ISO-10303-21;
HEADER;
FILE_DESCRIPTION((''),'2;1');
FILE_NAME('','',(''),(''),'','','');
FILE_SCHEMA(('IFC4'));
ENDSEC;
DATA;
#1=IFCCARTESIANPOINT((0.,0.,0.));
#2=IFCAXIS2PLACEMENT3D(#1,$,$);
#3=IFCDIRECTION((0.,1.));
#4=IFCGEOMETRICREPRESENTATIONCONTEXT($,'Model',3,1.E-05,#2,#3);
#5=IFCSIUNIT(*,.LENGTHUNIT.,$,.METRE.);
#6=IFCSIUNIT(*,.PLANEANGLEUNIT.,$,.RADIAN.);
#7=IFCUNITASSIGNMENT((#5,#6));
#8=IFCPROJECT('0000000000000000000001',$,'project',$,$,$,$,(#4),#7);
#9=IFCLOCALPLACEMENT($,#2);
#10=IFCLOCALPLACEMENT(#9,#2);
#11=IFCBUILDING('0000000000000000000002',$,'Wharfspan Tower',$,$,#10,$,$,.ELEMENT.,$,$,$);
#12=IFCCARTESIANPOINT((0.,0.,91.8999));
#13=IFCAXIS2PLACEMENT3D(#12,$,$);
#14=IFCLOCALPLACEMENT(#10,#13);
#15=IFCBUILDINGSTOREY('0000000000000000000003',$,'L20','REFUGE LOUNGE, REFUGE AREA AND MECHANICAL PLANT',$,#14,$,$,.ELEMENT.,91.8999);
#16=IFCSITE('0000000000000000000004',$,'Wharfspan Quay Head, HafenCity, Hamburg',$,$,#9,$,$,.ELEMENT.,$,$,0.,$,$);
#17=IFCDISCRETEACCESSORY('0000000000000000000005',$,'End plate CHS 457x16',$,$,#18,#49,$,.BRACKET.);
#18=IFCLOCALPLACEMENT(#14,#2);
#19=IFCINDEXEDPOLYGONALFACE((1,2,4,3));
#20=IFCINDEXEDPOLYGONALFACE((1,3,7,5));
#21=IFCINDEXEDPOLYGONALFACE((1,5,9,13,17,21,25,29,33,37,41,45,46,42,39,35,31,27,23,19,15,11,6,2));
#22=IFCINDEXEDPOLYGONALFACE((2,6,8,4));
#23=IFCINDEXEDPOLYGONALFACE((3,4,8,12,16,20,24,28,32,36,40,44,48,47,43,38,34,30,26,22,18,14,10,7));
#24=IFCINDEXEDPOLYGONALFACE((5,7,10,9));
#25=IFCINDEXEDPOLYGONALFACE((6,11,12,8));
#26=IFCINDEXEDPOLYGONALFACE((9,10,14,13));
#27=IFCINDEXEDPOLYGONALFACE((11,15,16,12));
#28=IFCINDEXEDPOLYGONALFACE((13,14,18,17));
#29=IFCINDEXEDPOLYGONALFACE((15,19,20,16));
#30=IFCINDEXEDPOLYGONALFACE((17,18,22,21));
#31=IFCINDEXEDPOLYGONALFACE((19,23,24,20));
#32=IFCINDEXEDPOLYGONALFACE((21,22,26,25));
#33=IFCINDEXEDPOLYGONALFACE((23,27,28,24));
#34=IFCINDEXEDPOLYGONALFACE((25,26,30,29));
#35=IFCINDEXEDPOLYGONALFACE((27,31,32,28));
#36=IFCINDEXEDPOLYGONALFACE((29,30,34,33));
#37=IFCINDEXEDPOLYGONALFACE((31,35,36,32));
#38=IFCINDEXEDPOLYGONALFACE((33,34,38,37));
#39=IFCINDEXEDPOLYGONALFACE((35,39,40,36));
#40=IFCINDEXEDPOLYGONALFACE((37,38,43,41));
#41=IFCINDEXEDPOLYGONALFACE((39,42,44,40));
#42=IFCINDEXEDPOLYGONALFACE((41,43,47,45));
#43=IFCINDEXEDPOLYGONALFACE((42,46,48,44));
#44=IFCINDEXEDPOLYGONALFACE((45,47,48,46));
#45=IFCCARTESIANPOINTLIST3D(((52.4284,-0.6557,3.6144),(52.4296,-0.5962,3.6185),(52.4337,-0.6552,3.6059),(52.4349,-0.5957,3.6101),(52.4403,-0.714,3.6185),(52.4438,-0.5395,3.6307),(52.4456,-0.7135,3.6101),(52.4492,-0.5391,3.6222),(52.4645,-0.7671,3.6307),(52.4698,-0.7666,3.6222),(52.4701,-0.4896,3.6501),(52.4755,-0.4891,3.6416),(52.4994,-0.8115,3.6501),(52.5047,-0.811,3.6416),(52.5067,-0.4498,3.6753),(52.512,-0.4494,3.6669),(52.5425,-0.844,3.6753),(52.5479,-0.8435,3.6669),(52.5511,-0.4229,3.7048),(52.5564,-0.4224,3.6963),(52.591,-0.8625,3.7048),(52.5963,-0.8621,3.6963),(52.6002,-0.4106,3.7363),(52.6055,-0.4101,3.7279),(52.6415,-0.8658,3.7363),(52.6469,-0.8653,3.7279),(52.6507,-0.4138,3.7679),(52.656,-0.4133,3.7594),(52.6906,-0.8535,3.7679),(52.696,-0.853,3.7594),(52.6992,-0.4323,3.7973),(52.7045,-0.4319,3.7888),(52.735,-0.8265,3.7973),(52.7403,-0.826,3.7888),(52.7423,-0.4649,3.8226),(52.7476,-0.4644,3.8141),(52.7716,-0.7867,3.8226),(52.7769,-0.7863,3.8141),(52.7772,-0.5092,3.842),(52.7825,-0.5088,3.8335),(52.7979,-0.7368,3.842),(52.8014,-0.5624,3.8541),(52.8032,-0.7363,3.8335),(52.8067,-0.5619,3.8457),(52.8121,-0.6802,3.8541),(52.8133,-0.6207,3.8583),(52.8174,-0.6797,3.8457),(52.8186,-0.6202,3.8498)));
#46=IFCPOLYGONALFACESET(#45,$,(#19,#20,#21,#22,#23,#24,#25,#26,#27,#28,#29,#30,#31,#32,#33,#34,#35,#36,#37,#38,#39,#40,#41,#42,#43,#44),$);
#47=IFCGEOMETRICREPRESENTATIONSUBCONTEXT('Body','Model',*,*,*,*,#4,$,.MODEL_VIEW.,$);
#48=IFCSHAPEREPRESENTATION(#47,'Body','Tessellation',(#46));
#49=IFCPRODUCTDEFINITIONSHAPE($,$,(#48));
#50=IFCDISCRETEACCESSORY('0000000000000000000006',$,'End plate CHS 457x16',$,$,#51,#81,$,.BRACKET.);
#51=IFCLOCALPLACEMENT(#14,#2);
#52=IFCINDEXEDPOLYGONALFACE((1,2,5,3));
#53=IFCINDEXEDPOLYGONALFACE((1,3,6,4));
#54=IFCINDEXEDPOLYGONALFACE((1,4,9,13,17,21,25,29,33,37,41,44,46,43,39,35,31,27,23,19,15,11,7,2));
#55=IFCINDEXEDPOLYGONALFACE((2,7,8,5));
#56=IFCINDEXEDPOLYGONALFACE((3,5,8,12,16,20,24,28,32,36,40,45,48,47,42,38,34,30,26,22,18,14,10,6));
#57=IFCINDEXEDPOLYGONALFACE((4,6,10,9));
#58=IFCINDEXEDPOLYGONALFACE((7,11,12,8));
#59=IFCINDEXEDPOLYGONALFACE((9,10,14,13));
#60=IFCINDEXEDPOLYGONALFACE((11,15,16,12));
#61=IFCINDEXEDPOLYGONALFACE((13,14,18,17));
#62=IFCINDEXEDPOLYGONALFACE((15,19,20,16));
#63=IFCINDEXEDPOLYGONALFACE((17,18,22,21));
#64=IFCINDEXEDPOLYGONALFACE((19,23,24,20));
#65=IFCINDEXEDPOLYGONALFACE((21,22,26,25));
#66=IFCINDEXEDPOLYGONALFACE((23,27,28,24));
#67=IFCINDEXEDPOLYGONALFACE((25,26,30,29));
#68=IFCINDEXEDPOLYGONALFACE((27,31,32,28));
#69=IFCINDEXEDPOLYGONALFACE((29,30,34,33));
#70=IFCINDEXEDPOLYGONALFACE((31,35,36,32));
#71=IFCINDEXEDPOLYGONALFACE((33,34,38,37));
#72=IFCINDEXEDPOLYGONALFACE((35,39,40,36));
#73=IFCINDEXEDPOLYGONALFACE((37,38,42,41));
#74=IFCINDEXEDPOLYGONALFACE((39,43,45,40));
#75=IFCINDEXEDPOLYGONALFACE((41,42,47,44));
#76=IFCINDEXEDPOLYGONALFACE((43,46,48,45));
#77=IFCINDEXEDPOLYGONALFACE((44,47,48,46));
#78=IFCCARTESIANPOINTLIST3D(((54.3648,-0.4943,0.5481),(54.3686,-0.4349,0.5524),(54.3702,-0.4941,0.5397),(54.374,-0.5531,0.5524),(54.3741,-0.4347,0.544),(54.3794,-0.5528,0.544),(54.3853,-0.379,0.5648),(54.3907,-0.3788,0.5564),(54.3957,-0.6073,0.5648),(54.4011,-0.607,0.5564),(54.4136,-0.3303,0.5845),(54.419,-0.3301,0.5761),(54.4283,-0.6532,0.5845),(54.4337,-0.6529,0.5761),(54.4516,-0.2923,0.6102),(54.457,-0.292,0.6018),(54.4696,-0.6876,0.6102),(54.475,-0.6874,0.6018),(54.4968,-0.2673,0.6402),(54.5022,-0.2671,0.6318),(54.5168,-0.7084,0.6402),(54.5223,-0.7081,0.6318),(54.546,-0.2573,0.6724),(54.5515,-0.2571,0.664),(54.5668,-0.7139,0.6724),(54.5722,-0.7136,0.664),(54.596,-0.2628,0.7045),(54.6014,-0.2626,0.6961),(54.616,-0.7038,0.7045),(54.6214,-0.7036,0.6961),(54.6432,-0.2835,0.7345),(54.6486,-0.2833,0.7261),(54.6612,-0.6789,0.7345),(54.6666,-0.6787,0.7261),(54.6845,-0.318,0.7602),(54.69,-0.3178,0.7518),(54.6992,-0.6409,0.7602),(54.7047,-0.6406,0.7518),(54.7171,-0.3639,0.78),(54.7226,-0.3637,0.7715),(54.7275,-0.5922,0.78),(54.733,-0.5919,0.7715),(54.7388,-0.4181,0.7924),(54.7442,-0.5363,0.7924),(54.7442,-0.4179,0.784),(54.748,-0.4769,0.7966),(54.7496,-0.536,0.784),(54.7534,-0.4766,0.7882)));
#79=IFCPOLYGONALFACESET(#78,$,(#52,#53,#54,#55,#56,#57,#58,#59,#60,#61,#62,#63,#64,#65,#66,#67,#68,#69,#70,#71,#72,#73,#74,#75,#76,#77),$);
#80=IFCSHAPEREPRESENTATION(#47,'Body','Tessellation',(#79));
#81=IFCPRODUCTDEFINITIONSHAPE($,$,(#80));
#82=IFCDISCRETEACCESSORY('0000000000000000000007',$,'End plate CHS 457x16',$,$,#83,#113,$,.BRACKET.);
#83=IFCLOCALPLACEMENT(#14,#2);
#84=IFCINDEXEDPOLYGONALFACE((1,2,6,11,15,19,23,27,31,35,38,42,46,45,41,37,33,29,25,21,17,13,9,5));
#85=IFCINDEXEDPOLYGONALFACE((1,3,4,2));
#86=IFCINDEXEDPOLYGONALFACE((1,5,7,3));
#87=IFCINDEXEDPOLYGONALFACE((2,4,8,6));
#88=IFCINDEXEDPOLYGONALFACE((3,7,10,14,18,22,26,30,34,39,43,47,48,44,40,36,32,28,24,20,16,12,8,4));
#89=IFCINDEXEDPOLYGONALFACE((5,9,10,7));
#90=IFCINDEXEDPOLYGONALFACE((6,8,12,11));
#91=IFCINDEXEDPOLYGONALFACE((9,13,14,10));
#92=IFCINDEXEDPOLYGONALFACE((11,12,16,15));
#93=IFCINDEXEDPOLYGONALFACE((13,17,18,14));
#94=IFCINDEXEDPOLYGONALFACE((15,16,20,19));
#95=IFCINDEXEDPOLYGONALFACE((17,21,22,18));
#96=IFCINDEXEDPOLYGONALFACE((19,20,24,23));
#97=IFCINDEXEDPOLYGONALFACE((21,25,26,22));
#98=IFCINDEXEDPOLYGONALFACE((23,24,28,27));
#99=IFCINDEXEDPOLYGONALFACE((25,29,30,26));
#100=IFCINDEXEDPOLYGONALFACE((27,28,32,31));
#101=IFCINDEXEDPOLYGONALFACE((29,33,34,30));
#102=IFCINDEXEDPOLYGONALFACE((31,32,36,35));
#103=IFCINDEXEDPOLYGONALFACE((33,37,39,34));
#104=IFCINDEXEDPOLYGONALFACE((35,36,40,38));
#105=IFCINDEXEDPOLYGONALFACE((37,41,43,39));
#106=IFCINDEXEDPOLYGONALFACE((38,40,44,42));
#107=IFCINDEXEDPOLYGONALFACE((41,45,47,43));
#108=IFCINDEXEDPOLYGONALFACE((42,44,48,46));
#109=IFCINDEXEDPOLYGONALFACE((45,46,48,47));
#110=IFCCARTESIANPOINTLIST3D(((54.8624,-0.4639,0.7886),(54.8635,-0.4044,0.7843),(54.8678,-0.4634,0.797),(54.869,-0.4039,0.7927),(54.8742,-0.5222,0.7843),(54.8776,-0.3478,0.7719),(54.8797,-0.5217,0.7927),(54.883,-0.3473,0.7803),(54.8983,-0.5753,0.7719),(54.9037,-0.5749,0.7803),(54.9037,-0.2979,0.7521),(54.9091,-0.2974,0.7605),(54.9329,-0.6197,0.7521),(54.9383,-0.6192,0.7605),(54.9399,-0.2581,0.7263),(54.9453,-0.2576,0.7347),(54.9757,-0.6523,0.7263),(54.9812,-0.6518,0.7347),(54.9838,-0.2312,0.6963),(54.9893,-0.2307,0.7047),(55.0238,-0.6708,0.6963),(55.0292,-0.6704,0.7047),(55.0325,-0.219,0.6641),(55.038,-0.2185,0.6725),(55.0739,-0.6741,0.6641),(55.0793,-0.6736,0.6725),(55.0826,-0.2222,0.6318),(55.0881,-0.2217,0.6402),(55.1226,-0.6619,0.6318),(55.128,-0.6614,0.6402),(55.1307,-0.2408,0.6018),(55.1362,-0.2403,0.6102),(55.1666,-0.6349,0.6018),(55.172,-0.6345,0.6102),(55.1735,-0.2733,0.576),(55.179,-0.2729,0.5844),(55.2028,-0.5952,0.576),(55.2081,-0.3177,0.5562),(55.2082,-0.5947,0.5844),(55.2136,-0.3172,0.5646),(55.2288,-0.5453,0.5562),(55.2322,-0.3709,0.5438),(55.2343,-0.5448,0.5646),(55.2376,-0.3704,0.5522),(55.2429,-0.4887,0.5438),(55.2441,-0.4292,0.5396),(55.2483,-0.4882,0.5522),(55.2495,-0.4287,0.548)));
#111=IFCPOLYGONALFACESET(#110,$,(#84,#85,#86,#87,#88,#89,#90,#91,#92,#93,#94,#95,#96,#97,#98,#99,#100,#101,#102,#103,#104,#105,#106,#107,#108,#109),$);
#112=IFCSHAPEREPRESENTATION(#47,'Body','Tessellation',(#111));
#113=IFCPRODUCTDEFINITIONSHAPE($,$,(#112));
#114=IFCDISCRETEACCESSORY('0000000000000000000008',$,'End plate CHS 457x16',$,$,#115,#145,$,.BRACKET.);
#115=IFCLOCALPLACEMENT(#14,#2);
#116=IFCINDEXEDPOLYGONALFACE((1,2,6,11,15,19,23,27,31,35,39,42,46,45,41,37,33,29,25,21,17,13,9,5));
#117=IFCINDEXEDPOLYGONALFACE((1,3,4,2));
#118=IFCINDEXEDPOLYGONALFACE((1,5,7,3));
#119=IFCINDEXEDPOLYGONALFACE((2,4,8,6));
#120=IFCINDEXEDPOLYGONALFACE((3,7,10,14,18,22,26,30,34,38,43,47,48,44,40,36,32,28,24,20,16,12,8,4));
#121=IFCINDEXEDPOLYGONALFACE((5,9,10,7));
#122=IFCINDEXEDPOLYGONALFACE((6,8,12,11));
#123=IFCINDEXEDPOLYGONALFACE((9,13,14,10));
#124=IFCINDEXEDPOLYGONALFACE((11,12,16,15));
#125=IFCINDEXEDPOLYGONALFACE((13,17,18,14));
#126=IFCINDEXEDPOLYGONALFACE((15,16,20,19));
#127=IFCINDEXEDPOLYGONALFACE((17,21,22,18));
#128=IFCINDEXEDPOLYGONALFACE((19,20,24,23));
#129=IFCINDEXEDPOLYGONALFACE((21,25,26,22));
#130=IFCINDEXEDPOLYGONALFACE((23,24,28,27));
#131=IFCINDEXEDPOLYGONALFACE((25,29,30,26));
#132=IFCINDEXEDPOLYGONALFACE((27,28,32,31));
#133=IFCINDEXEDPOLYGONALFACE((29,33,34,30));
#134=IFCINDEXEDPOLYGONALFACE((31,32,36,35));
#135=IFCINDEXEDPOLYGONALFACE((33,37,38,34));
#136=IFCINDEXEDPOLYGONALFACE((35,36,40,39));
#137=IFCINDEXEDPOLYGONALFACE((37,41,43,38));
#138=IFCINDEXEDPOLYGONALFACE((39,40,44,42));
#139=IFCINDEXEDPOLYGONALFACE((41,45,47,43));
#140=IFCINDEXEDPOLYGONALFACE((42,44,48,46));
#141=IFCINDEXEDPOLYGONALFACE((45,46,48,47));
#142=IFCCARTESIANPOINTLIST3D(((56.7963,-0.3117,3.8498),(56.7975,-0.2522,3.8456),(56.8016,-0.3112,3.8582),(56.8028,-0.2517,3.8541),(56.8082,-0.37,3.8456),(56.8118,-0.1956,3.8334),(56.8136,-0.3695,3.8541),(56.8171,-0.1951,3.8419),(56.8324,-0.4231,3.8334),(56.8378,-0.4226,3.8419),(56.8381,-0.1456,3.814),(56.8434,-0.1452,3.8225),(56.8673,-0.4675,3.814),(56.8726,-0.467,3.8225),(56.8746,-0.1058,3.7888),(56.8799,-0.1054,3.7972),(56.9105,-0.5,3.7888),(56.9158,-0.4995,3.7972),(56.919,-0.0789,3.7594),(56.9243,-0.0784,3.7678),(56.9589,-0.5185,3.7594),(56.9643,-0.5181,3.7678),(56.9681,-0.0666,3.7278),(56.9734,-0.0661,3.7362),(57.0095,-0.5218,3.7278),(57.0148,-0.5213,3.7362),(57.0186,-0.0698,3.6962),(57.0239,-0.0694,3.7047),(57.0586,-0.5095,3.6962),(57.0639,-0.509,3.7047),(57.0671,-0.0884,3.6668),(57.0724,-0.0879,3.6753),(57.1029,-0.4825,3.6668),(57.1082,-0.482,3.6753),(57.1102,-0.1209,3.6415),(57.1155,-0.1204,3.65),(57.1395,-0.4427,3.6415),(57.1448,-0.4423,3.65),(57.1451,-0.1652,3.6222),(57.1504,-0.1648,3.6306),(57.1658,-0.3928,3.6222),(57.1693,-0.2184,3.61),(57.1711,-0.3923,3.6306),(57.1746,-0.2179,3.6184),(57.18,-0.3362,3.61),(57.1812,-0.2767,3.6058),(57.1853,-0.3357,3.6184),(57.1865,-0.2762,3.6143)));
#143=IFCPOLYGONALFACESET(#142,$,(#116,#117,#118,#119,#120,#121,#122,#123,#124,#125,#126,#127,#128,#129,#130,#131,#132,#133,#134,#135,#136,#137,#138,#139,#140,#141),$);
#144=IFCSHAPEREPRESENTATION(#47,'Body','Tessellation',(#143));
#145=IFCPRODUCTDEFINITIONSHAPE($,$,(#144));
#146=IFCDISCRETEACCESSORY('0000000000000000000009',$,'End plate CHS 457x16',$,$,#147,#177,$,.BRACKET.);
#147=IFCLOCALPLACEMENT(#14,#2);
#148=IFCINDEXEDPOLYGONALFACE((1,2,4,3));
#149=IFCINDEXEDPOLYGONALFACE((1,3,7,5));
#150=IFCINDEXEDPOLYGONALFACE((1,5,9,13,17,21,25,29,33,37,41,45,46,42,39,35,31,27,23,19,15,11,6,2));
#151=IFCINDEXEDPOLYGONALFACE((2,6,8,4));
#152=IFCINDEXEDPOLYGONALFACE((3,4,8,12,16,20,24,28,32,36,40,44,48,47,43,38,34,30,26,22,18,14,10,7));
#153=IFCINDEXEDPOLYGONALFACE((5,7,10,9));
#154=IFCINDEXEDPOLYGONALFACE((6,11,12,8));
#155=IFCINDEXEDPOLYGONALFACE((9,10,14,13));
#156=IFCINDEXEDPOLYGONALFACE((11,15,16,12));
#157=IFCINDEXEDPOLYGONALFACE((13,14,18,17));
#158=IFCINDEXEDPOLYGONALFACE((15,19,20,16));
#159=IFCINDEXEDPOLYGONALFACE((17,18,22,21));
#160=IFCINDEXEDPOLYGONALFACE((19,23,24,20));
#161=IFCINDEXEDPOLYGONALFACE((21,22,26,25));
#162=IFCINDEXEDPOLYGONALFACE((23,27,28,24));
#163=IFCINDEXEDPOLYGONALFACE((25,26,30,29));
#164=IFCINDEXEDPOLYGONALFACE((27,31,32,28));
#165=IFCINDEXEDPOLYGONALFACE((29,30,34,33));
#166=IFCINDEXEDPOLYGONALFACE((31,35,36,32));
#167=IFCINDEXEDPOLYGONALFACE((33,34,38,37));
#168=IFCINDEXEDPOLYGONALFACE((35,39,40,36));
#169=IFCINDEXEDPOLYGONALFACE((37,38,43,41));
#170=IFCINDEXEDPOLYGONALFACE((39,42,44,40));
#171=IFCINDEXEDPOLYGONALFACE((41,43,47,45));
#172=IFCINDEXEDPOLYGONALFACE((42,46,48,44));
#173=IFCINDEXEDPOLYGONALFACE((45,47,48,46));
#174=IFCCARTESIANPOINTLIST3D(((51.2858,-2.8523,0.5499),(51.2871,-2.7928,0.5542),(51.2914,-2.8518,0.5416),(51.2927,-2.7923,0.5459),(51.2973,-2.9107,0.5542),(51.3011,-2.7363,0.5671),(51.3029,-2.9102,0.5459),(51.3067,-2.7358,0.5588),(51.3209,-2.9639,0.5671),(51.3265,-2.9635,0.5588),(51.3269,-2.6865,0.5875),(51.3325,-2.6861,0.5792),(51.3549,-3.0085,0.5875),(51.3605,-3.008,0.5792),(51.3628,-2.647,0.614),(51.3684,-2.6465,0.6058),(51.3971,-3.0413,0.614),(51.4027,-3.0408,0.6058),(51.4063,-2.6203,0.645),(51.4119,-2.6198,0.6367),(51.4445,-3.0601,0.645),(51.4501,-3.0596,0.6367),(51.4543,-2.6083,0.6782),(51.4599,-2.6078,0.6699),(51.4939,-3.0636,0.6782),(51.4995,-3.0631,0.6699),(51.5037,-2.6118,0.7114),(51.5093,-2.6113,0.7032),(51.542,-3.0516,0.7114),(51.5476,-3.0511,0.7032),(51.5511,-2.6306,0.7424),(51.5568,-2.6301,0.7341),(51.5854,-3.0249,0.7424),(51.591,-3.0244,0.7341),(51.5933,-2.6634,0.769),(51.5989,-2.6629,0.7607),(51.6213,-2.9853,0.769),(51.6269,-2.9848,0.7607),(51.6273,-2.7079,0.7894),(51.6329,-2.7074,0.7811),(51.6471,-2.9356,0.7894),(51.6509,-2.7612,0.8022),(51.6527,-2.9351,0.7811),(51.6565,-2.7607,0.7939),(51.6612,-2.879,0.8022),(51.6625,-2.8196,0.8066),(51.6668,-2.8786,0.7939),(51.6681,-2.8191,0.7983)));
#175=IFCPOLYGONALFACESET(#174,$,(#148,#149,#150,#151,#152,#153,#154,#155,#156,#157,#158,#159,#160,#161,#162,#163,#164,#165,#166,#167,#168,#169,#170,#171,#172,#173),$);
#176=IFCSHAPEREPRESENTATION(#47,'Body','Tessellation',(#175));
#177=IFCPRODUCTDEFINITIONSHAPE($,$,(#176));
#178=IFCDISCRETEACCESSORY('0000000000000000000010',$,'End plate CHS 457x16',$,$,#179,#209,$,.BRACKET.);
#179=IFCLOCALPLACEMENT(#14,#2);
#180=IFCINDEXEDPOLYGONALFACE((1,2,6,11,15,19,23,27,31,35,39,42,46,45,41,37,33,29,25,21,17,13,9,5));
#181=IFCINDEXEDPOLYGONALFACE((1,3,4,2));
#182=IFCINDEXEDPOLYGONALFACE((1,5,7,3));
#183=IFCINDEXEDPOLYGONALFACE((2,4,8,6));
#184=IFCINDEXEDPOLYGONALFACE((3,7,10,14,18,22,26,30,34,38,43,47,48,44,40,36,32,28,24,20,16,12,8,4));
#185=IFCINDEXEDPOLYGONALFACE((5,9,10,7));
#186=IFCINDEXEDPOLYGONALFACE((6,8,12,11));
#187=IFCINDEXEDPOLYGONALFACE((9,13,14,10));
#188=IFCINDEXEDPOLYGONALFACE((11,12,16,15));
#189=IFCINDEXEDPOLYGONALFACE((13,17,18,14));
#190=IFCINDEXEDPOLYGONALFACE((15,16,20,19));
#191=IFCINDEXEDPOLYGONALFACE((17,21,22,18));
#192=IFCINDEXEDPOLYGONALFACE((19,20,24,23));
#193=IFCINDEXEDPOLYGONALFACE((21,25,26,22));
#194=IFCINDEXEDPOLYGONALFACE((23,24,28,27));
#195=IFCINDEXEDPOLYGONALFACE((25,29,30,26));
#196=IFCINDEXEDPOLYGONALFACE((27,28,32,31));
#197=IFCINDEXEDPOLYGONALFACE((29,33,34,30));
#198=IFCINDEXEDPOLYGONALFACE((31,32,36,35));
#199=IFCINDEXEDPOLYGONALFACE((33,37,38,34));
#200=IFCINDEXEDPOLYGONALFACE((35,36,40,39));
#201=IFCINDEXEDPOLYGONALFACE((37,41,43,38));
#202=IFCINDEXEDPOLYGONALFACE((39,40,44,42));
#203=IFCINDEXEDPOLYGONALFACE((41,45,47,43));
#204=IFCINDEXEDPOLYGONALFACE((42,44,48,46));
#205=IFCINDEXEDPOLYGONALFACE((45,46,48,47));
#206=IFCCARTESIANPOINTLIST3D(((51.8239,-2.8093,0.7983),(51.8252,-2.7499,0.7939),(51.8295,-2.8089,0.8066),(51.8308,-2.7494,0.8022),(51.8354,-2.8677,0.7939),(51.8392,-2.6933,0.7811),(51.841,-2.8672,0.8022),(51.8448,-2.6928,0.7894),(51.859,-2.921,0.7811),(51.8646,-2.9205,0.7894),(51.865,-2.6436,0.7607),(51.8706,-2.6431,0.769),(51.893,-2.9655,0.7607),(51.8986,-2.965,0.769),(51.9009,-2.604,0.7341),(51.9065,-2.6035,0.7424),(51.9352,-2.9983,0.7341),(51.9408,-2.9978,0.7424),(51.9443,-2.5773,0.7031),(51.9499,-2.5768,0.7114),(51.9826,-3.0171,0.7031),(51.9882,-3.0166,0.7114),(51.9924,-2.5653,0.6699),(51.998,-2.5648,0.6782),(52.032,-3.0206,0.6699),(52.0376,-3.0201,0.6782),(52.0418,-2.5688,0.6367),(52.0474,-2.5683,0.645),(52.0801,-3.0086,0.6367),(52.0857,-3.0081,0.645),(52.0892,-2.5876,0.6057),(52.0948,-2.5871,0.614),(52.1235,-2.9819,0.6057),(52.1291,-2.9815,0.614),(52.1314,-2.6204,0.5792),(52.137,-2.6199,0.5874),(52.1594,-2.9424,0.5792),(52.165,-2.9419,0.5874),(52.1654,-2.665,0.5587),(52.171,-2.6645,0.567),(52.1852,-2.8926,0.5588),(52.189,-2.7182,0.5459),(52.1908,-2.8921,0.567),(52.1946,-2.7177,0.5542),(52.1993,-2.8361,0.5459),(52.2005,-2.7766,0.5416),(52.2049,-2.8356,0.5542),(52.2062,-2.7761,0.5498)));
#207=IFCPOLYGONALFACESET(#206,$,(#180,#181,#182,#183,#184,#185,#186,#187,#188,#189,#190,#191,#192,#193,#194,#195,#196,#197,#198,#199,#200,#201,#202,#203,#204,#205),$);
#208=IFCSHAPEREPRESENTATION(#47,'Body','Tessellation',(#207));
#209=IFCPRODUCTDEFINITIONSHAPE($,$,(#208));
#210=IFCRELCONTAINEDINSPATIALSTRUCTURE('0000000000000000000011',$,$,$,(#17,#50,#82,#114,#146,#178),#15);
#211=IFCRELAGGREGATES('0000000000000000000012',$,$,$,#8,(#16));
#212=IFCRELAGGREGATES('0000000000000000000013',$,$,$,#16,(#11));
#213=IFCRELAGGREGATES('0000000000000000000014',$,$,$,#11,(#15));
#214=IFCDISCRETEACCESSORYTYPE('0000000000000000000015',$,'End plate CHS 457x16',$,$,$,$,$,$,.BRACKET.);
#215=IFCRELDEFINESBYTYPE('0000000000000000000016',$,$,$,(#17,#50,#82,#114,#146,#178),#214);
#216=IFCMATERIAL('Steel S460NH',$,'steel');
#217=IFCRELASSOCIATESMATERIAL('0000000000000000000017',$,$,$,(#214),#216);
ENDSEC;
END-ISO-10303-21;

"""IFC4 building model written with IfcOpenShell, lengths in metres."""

from ifc_helpers import new_model, si_unit, direction, frame, origin, origin_2d, place, context, subcontext, project, spatial, circle, extrude, material, material_profile, profile_set, type_object, element, save


model = new_model("IFC4")

# Units and contexts
model_context = context("Model", 3, precision=1e-05, world=origin(), true_north=direction((0.0, 1.0)))
body_context = subcontext(model_context, "Body", "Model", "MODEL_VIEW")
ifc_project = project(units=[si_unit("LENGTHUNIT", "METRE"), si_unit("PLANEANGLEUNIT", "RADIAN")], contexts=[model_context])

# Site, building, storey
site_placement = place(None, origin())
site = spatial("IfcSite", under=ifc_project, at=site_placement, Name="Wharfspan Quay Head, HafenCity, Hamburg", CompositionType="ELEMENT", RefElevation=0.0)
building_placement = place(site_placement, origin())
building = spatial("IfcBuilding", under=site, at=building_placement, Name="Wharfspan Tower", CompositionType="ELEMENT")
storey_placement = place(building_placement, frame((0.0, 0.0, 91.8999)))
storey = spatial("IfcBuildingStorey", under=building, at=storey_placement, Name="L20", Description="REFUGE LOUNGE, REFUGE AREA AND MECHANICAL PLANT", CompositionType="ELEMENT", Elevation=91.8999)

# Shared definitions
ifc_material_1 = material(Name="Steel S460NH", Category="steel")

# Discrete accessories
ifc_material_profile_1 = material_profile(ifc_material_1, circle(Radius=0.2285, at=origin_2d()))
ifc_profile_set_1 = profile_set([ifc_material_profile_1], Name="Steel S460NH")
discrete_accessory_type_1 = type_object("IfcDiscreteAccessoryType", Name="End plate CHS 457x16", PredefinedType="BRACKET", material=ifc_profile_set_1)
for number, where, z_axis, x_axis, name in (
    (1, (52.6208, -0.6382, 3.7363), (0.53155, 0.048323, -0.845647), (-0.090535, 0.995897, 0.000001), "End plate CHS 457x16"),
    (2, (54.5564, -0.4856, 0.6724), (0.543086, 0.024686, -0.839314), (-0.045408, 0.998965, 0.0), "End plate CHS 457x16"),
    (3, (55.0532, -0.4465, 0.6641), (0.54259, 0.049326, 0.838548), (-0.090535, 0.995892, 0.0), "End plate CHS 457x16"),
    (4, (56.9888, -0.2942, 3.7278), (0.53155, 0.048323, 0.845647), (-0.090535, 0.995897, -0.000001), "End plate CHS 457x16"),
    (5, (51.4741, -2.8359, 0.6782), (0.559645, 0.048665, -0.827302), (-0.086627, 0.99624, 0.000002), "End plate CHS 457x16"),
    (6, (52.0122, -2.793, 0.6699), (0.559645, 0.048665, 0.827302), (-0.086627, 0.99624, -0.000002), "End plate CHS 457x16"),
):
    element("IfcDiscreteAccessory", number, at=place(storey_placement, frame(where, z_axis=z_axis, x_axis=x_axis)), inside=storey, type_object=discrete_accessory_type_1, Name=name, PredefinedType="BRACKET", context=body_context, shape_type="SweptSolid", body=[
        extrude(circle(Radius=0.2285, at=origin_2d()), origin(), (0.0, 0.0, 1.0), 0.01),
    ])

save(model, "model.ifc")
